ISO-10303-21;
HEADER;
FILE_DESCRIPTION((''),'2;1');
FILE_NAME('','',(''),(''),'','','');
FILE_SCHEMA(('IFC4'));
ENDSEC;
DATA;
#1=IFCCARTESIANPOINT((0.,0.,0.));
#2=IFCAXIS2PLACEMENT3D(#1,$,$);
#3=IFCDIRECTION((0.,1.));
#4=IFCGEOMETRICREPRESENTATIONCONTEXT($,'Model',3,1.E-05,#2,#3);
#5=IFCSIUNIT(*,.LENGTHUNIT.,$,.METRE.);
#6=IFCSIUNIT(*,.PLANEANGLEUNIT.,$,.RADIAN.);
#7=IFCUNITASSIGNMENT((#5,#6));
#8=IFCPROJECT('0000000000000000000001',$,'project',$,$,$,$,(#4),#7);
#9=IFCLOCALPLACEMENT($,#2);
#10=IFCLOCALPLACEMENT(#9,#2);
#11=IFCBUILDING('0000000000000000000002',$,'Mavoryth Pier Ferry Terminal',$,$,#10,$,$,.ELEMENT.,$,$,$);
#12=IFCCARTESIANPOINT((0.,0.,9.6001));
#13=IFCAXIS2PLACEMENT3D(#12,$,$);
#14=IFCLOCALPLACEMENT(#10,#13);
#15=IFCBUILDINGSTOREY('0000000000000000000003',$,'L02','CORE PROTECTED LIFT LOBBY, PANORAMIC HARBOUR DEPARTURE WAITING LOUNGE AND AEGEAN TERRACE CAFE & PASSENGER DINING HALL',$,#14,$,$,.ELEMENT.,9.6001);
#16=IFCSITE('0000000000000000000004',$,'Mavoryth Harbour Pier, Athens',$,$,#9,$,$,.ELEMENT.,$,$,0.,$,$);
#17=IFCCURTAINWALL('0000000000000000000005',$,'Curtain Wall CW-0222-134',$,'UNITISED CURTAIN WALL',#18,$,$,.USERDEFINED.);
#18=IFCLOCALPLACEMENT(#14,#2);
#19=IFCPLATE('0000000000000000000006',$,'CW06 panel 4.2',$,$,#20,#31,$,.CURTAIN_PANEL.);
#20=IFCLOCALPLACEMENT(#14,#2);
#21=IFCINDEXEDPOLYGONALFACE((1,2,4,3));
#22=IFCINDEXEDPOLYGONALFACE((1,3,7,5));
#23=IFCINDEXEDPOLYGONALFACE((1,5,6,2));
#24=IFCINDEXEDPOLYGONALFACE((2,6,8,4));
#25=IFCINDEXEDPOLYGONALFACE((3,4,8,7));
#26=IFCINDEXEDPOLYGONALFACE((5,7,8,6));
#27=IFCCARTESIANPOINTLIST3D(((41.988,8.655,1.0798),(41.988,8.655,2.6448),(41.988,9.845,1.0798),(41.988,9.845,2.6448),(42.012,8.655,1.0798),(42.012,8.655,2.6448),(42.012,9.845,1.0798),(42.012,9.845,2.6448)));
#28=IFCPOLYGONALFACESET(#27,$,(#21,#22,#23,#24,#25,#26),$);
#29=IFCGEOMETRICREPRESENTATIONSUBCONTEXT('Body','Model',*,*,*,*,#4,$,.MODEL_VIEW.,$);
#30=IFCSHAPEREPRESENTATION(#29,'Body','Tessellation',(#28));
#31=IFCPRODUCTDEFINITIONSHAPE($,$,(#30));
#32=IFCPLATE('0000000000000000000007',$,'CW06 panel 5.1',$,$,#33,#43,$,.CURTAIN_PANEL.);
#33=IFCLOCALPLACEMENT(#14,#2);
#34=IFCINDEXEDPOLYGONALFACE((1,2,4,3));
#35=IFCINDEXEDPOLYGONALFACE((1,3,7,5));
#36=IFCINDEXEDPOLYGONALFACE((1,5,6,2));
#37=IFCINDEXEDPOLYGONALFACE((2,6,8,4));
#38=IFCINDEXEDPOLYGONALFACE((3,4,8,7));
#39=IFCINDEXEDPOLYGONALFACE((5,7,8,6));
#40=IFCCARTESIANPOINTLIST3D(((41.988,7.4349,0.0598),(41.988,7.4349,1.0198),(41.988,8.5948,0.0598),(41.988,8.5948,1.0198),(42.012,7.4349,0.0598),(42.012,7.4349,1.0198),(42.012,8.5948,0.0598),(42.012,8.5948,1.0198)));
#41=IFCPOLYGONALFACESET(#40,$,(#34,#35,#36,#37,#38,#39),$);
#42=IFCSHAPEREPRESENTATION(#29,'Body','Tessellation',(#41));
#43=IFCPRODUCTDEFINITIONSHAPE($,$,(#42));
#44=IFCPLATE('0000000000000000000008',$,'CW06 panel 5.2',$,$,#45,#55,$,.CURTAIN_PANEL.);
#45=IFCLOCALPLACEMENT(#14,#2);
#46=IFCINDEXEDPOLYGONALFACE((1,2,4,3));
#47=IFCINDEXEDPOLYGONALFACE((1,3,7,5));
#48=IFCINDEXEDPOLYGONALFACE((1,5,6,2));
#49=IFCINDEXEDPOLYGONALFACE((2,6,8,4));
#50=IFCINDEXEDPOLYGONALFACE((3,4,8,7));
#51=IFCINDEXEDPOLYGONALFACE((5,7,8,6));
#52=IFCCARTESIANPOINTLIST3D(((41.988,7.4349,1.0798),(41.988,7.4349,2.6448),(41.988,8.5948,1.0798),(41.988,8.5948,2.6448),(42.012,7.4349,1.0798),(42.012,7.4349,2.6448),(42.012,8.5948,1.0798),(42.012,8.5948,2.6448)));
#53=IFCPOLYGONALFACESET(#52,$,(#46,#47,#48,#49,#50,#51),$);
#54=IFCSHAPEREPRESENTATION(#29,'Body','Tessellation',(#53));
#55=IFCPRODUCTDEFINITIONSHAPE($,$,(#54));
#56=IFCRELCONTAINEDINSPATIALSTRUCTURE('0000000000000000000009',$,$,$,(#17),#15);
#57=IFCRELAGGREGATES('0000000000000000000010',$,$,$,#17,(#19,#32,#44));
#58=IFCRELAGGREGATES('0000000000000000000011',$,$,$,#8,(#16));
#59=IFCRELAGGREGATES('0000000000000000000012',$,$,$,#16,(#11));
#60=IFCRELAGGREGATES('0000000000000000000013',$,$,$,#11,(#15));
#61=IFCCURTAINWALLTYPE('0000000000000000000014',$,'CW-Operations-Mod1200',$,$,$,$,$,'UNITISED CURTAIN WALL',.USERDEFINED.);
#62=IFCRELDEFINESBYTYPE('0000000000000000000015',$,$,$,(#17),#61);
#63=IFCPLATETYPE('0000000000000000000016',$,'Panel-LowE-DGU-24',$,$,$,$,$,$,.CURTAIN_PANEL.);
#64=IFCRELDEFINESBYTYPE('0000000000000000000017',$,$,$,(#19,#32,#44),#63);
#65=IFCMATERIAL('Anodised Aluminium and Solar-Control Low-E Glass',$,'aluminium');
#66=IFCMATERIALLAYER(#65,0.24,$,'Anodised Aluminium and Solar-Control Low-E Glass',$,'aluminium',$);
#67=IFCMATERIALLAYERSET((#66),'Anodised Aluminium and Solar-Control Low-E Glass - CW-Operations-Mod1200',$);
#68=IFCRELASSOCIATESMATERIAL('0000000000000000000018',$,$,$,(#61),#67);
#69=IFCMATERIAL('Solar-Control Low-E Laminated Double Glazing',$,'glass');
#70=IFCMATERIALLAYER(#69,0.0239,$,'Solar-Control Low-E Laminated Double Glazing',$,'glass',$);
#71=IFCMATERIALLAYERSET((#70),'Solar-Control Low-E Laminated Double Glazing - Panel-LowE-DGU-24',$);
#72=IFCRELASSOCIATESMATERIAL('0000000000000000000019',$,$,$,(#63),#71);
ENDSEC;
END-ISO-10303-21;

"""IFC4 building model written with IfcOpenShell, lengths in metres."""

from ifc_helpers import new_model, si_unit, direction, frame, origin, origin_2d, place, context, subcontext, project, spatial, rectangle, extrude, material, layer, layer_set, type_object, element, aggregate, save


model = new_model("IFC4")

# Units and contexts
model_context = context("Model", 3, precision=1e-05, world=origin(), true_north=direction((0.0, 1.0)))
body_context = subcontext(model_context, "Body", "Model", "MODEL_VIEW")
ifc_project = project(units=[si_unit("LENGTHUNIT", "METRE"), si_unit("PLANEANGLEUNIT", "RADIAN")], contexts=[model_context])

# Site, building, storey
site_placement = place(None, origin())
site = spatial("IfcSite", under=ifc_project, at=site_placement, Name="Mavoryth Harbour Pier, Athens", CompositionType="ELEMENT", RefElevation=0.0)
building_placement = place(site_placement, origin())
building = spatial("IfcBuilding", under=site, at=building_placement, Name="Mavoryth Pier Ferry Terminal", CompositionType="ELEMENT")
storey_placement = place(building_placement, frame((0.0, 0.0, 9.6001)))
storey = spatial("IfcBuildingStorey", under=building, at=storey_placement, Name="L02", Description="CORE PROTECTED LIFT LOBBY, PANORAMIC HARBOUR DEPARTURE WAITING LOUNGE AND AEGEAN TERRACE CAFE & PASSENGER DINING HALL", CompositionType="ELEMENT", Elevation=9.6001)

# Curtain wall
ifc_material_1 = material(Name="Anodised Aluminium and Solar-Control Low-E Glass", Category="aluminium")
ifc_layer_1 = layer(ifc_material_1, 0.24, Name="Anodised Aluminium and Solar-Control Low-E Glass", Category="aluminium")
ifc_layer_set_1 = layer_set([ifc_layer_1], Name="Anodised Aluminium and Solar-Control Low-E Glass - CW-Operations-Mod1200")
curtain_wall_type = type_object("IfcCurtainWallType", Name="CW-Operations-Mod1200", ElementType="UNITISED CURTAIN WALL", PredefinedType="USERDEFINED", material=ifc_layer_set_1)
curtain_wall_1_placement = place(storey_placement, origin())
curtain_wall_1 = element("IfcCurtainWall", 1, at=curtain_wall_1_placement, inside=storey, type_object=curtain_wall_type, Name="Curtain Wall CW-0222-134", ObjectType="UNITISED CURTAIN WALL", PredefinedType="USERDEFINED")

# Plates
ifc_material_2 = material(Name="Solar-Control Low-E Laminated Double Glazing", Category="glass")
ifc_layer_2 = layer(ifc_material_2, 0.0239, Name="Solar-Control Low-E Laminated Double Glazing", Category="glass")
ifc_layer_set_2 = layer_set([ifc_layer_2], Name="Solar-Control Low-E Laminated Double Glazing - Panel-LowE-DGU-24")
plate_type = type_object("IfcPlateType", Name="Panel-LowE-DGU-24", PredefinedType="CURTAIN_PANEL", material=ifc_layer_set_2)
plate_1_placement = place(storey_placement, frame((42.0, 9.25, 1.0798), z_axis=(0.0, 0.0, 1.0), x_axis=(0.0, -1.0, 0.0)))
plate_1 = element("IfcPlate", 2, at=plate_1_placement, type_object=plate_type, Name="CW06 panel 4.2", PredefinedType="CURTAIN_PANEL", context=body_context, shape_type="SweptSolid", body=[
    extrude(rectangle(XDim=1.1899, YDim=0.0239, at=origin_2d()), origin(), (0.0, 0.0, 1.0), 1.5649),
])
plate_2_placement = place(storey_placement, frame((42.0, 8.0149, 0.0598), z_axis=(0.0, 0.0, 1.0), x_axis=(0.0, -1.0, 0.0)))
plate_2 = element("IfcPlate", 3, at=plate_2_placement, type_object=plate_type, Name="CW06 panel 5.1", PredefinedType="CURTAIN_PANEL", context=body_context, shape_type="SweptSolid", body=[
    extrude(rectangle(XDim=1.1599, YDim=0.0239, at=origin_2d()), origin(), (0.0, 0.0, 1.0), 0.96),
])
plate_3_placement = place(storey_placement, frame((42.0, 8.0149, 1.0798), z_axis=(0.0, 0.0, 1.0), x_axis=(0.0, -1.0, 0.0)))
plate_3 = element("IfcPlate", 4, at=plate_3_placement, type_object=plate_type, Name="CW06 panel 5.2", PredefinedType="CURTAIN_PANEL", context=body_context, shape_type="SweptSolid", body=[
    extrude(rectangle(XDim=1.1599, YDim=0.0239, at=origin_2d()), origin(), (0.0, 0.0, 1.0), 1.5649),
])
aggregate(curtain_wall_1, [plate_1, plate_2, plate_3])

save(model, "model.ifc")
